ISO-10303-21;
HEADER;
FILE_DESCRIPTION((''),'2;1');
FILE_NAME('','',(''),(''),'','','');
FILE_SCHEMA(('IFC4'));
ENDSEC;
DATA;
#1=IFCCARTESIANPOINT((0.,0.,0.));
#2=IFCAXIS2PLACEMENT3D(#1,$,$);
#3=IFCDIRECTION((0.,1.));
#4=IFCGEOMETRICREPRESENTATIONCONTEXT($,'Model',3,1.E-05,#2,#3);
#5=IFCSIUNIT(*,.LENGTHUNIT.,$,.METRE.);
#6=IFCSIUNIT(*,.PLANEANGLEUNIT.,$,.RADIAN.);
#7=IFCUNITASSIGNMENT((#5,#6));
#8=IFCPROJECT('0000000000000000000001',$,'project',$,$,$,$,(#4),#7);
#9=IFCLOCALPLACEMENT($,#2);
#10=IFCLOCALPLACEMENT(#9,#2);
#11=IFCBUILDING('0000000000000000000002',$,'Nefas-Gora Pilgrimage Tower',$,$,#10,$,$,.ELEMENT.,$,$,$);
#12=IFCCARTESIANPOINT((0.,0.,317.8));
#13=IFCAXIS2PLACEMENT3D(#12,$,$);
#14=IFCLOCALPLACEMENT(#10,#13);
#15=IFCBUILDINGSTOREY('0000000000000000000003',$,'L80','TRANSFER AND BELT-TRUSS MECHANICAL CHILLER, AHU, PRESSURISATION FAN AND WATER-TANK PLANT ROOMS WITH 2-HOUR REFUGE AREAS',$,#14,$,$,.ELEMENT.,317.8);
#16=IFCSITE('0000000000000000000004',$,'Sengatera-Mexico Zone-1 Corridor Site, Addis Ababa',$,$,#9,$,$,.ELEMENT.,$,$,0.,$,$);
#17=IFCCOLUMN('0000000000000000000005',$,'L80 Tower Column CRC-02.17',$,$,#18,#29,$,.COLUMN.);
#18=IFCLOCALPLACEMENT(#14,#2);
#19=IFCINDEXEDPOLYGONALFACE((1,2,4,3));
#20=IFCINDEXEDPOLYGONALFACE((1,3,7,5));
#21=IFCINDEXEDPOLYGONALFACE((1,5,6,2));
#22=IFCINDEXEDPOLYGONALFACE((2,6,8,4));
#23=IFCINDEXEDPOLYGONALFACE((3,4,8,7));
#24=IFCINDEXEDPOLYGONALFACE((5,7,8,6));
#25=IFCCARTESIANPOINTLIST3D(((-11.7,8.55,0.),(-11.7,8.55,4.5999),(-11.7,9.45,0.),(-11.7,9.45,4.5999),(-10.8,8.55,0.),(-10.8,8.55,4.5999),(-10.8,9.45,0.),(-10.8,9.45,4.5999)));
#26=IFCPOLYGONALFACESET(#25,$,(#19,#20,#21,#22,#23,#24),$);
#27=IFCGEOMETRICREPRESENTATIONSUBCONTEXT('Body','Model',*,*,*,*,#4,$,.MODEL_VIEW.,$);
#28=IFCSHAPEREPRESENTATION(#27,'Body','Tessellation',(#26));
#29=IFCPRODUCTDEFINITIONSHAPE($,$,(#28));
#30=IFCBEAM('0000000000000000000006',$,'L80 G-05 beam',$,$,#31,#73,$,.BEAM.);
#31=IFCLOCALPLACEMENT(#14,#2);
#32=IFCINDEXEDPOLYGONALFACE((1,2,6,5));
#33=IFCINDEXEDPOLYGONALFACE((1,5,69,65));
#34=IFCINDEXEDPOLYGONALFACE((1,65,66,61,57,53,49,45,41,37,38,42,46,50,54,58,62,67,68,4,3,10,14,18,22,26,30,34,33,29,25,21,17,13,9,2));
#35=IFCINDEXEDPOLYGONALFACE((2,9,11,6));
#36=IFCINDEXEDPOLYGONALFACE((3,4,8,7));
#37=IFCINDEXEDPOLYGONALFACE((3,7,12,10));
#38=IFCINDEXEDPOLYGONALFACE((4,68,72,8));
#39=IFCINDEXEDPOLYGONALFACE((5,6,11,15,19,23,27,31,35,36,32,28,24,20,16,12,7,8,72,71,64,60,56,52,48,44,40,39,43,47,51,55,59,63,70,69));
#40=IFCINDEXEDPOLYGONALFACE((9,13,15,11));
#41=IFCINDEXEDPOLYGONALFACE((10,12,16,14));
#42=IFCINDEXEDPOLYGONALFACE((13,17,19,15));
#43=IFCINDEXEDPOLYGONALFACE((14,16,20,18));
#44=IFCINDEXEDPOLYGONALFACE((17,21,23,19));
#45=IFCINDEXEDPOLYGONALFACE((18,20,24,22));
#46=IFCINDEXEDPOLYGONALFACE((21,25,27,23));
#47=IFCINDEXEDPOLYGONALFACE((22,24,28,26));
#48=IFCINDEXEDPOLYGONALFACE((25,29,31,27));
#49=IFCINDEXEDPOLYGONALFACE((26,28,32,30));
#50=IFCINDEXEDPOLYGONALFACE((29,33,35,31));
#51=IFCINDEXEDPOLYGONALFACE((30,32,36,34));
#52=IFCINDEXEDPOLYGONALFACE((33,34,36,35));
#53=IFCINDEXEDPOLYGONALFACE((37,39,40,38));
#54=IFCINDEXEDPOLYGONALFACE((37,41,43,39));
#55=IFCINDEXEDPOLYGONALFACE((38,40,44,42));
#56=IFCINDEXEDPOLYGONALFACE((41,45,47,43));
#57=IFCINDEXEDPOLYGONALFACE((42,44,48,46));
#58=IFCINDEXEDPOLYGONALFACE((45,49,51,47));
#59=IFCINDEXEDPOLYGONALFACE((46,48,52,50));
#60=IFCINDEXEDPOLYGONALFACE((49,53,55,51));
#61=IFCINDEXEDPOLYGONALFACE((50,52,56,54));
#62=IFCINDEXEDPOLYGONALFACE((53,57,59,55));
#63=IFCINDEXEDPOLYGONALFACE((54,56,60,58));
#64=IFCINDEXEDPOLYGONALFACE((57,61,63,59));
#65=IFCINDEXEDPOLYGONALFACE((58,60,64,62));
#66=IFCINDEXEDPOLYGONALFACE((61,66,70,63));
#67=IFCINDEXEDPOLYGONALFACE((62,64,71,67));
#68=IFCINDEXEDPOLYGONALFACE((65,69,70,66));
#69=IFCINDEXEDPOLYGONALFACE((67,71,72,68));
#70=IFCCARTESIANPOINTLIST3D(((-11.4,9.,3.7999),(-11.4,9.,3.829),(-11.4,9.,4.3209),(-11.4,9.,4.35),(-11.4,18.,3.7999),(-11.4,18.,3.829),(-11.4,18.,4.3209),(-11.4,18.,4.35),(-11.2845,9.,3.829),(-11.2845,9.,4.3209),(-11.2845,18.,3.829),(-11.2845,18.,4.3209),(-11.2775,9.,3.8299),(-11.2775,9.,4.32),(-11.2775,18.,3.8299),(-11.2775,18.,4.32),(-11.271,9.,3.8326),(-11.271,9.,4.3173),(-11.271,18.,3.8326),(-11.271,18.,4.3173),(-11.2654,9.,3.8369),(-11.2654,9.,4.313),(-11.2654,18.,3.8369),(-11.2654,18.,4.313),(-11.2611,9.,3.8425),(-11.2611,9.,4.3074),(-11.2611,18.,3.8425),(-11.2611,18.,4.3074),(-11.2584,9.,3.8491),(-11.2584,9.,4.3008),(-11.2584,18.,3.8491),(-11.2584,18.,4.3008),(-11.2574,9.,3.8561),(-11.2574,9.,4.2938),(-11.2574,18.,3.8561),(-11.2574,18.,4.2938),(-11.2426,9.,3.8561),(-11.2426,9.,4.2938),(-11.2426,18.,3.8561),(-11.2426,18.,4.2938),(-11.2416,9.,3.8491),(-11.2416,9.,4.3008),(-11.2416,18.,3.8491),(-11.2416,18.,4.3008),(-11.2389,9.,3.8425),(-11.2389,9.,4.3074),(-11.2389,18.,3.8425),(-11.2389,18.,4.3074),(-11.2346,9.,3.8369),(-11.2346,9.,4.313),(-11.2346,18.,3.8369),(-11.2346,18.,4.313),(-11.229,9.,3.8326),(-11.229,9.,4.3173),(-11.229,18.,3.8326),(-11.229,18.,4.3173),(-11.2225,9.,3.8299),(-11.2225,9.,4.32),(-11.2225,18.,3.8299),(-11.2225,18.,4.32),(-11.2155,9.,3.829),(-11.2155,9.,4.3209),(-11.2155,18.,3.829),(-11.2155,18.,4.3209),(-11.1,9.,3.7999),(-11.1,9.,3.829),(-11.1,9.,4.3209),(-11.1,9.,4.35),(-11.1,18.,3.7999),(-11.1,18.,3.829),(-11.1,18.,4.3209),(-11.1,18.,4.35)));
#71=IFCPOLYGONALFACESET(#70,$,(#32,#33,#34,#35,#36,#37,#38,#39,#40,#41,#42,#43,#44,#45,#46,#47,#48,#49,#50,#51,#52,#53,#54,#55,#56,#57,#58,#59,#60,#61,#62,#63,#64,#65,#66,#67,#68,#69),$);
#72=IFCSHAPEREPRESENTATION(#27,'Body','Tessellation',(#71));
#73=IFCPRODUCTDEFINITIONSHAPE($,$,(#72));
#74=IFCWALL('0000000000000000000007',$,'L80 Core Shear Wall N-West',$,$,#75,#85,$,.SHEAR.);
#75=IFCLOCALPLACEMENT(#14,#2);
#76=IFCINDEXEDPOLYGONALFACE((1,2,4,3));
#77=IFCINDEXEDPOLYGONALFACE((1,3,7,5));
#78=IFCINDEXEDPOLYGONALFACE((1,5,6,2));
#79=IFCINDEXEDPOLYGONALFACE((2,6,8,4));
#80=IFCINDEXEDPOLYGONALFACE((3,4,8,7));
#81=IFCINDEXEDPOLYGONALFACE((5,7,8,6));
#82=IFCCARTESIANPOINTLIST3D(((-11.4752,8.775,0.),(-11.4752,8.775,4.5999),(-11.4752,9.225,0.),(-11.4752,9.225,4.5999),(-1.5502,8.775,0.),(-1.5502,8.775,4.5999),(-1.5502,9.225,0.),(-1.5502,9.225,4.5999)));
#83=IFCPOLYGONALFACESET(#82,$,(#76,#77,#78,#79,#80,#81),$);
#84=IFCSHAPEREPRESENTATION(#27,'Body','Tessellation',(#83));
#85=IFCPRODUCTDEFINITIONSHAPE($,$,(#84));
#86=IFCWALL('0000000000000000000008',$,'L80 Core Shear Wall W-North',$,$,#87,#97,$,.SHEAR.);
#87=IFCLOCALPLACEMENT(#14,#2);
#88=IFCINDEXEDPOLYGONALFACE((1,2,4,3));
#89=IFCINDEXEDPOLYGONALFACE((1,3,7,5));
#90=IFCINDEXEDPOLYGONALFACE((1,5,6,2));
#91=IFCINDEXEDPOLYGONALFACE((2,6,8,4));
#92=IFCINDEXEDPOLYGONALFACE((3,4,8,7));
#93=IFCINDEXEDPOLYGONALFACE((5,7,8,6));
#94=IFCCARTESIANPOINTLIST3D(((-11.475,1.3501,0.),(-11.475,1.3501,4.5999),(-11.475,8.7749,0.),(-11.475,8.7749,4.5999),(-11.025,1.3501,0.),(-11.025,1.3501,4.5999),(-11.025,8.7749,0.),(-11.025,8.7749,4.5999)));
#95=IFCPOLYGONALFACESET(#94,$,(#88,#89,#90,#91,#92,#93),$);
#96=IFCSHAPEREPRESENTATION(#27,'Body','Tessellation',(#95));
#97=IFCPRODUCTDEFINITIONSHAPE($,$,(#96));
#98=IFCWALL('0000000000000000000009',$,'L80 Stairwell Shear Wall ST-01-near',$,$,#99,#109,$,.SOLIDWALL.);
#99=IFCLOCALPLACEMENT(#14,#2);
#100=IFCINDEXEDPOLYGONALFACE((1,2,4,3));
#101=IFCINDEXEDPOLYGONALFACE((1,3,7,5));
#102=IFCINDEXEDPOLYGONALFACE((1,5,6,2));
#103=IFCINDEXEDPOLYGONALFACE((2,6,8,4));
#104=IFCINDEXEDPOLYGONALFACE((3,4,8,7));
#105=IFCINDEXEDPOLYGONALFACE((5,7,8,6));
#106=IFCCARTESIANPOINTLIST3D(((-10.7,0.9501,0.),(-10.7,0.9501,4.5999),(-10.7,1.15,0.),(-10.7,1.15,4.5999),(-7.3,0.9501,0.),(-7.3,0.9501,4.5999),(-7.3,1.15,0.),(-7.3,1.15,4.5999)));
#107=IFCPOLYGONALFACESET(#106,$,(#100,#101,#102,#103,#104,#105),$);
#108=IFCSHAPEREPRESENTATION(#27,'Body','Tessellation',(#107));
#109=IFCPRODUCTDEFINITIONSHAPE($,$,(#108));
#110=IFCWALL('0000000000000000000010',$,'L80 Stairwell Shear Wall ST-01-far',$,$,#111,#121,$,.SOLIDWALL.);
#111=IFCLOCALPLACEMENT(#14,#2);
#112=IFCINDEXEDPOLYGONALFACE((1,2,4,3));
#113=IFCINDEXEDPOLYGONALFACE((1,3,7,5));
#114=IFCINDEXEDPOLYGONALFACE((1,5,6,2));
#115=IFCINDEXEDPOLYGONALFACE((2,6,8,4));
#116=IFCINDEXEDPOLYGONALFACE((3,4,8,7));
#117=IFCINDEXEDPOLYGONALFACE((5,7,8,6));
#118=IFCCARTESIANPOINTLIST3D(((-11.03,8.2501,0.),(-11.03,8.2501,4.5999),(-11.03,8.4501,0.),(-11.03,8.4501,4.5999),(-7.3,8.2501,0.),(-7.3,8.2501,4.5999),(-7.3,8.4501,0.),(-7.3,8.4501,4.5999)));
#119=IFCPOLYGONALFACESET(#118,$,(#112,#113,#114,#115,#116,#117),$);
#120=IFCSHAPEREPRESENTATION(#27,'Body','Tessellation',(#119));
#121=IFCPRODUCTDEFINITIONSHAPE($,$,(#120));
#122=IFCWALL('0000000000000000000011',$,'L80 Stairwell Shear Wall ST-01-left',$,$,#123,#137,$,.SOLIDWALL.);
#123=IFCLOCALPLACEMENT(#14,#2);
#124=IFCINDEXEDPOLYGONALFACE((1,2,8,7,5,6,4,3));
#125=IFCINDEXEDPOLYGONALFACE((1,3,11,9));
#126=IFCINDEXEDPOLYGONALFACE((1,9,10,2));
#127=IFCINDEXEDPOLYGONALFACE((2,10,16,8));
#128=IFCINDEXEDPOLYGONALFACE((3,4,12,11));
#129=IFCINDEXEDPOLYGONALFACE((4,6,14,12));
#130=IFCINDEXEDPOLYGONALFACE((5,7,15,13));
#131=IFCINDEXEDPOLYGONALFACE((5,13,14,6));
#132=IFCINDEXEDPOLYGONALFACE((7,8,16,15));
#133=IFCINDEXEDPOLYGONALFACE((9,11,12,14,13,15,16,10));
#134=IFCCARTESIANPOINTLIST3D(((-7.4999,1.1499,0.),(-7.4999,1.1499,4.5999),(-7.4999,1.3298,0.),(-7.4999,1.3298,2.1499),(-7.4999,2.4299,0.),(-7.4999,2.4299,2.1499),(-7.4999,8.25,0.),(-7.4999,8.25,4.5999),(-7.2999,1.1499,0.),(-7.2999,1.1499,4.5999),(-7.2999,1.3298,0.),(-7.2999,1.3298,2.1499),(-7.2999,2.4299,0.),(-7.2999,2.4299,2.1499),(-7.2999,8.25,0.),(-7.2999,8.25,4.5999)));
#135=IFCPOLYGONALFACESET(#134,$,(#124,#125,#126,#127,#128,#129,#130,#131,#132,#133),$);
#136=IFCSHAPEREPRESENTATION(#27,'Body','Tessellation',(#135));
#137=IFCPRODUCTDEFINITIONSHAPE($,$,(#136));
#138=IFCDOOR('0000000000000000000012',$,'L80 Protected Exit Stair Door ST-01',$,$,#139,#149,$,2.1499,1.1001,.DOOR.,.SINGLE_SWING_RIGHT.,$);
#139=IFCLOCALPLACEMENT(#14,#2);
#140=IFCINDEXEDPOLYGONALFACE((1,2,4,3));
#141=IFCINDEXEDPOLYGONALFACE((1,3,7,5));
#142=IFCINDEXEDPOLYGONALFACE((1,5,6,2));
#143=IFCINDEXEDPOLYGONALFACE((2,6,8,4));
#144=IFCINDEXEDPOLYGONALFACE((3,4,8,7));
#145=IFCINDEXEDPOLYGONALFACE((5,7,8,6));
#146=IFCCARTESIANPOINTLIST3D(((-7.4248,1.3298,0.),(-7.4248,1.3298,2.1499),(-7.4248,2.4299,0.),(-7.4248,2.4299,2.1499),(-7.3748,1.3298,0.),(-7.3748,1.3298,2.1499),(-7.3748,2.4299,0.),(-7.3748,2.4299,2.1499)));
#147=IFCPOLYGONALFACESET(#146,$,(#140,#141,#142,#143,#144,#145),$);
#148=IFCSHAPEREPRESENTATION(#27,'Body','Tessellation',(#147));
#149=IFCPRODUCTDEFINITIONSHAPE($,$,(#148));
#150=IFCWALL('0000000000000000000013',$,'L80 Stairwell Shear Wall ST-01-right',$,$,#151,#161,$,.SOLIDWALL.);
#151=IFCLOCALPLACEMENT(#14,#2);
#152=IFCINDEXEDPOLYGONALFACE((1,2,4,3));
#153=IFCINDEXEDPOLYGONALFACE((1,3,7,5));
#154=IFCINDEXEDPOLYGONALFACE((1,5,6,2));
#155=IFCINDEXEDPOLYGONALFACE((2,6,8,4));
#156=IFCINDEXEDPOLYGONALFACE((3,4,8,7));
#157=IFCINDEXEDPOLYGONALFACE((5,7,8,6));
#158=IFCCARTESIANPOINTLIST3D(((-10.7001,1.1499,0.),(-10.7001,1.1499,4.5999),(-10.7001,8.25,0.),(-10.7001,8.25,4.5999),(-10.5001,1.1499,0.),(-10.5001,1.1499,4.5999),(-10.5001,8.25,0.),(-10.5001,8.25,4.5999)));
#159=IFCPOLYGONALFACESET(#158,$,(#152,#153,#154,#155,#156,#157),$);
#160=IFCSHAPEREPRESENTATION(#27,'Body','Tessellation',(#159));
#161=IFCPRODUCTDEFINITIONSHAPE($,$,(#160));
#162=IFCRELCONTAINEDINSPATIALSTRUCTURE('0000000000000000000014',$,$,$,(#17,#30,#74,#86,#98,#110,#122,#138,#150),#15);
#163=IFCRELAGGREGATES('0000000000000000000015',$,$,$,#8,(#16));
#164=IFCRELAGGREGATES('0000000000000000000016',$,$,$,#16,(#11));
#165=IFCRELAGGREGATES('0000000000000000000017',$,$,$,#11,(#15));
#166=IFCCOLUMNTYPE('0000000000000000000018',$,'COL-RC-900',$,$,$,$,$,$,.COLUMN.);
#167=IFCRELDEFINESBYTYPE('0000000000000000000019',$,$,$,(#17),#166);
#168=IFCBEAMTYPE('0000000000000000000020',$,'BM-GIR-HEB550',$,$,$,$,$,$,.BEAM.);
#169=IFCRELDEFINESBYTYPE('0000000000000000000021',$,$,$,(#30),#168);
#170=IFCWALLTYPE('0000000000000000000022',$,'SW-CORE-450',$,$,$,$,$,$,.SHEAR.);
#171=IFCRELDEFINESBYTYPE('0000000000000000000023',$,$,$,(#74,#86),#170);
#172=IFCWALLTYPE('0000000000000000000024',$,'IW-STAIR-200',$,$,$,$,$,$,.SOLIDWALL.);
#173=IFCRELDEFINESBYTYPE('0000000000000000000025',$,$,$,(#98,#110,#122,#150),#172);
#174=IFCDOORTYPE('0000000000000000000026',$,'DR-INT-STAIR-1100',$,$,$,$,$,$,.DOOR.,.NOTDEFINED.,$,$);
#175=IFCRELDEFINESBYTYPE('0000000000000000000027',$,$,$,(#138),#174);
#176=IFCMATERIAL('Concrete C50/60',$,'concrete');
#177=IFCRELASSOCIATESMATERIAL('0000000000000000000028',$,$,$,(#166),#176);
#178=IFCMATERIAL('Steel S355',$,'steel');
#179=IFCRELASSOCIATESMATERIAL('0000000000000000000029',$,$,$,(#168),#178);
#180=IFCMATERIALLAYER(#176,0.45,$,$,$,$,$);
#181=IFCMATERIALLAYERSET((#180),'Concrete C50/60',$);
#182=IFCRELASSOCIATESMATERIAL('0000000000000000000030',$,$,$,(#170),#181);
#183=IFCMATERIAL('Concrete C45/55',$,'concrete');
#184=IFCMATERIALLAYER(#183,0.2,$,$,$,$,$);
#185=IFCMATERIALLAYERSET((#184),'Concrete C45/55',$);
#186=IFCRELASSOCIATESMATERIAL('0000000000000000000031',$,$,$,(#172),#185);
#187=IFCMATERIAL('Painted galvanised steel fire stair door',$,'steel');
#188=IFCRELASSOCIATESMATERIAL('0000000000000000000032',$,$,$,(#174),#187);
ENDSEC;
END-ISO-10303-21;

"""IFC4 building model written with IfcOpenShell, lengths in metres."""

from ifc_helpers import new_model, si_unit, direction, frame, frame_2d, origin, origin_2d, place, context, subcontext, project, spatial, rectangle, i_section, extrude, source, transform, mapped, material, layer, layer_set, material_profile, profile_set, type_object, element, fill, save


model = new_model("IFC4")

# Units and contexts
model_context = context("Model", 3, precision=1e-05, world=origin(), true_north=direction((0.0, 1.0)))
body_context = subcontext(model_context, "Body", "Model", "MODEL_VIEW")
ifc_project = project(units=[si_unit("LENGTHUNIT", "METRE"), si_unit("PLANEANGLEUNIT", "RADIAN")], contexts=[model_context])

# Site, building, storey
site_placement = place(None, origin())
site = spatial("IfcSite", under=ifc_project, at=site_placement, Name="Sengatera-Mexico Zone-1 Corridor Site, Addis Ababa", CompositionType="ELEMENT", RefElevation=0.0)
building_placement = place(site_placement, origin())
building = spatial("IfcBuilding", under=site, at=building_placement, Name="Nefas-Gora Pilgrimage Tower", CompositionType="ELEMENT")
storey_placement = place(building_placement, frame((0.0, 0.0, 317.8)))
storey = spatial("IfcBuildingStorey", under=building, at=storey_placement, Name="L80", Description="TRANSFER AND BELT-TRUSS MECHANICAL CHILLER, AHU, PRESSURISATION FAN AND WATER-TANK PLANT ROOMS WITH 2-HOUR REFUGE AREAS", CompositionType="ELEMENT", Elevation=317.8)

# Column
ifc_material_1 = material(Name="Concrete C50/60", Category="concrete")
ifc_material_profile_1 = material_profile(ifc_material_1, rectangle(XDim=0.8999, YDim=0.8999, at=origin_2d()), Name="RC 900x900")
ifc_profile_set_1 = profile_set([ifc_material_profile_1], Name="Concrete C50/60")
column_type = type_object("IfcColumnType", Name="COL-RC-900", PredefinedType="COLUMN", material=ifc_profile_set_1)
shared_shape_1 = source(origin(), body_context, "Body", "SweptSolid", [
    extrude(rectangle(XDim=0.8999, YDim=0.8999, at=origin_2d()), origin(), (0.0, 0.0, 1.0), 4.5999),
])
column_placement = place(storey_placement, frame((-11.25, 9.0, 0.0), z_axis=(0.0, 0.0, 1.0), x_axis=(1.0, 0.0, 0.0)))
element("IfcColumn", 1, at=column_placement, inside=storey, type_object=column_type, Name="L80 Tower Column CRC-02.17", PredefinedType="COLUMN", context=body_context, shape_type="MappedRepresentation", body=[
    mapped(shared_shape_1, transform((0.0, 0.0, 0.0), x_axis=(1.0, 0.0, 0.0), y_axis=(0.0, 1.0, 0.0), z_axis=(0.0, 0.0, 1.0), scale=1.0)),
])

# Beam
ifc_material_2 = material(Name="Steel S355", Category="steel")
ifc_material_profile_2 = material_profile(ifc_material_2, i_section(OverallWidth=0.3, OverallDepth=0.55, WebThickness=0.0149, FlangeThickness=0.0291, FilletRadius=0.0271, at=origin_2d()), Name="HEB 550")
ifc_profile_set_2 = profile_set([ifc_material_profile_2], Name="Steel S355")
beam_type = type_object("IfcBeamType", Name="BM-GIR-HEB550", PredefinedType="BEAM", material=ifc_profile_set_2)
shared_shape_2 = source(origin(), body_context, "Body", "SweptSolid", [
    extrude(i_section(OverallWidth=0.3, OverallDepth=0.55, WebThickness=0.0149, FlangeThickness=0.0291, FilletRadius=0.0271, at=origin_2d()), origin(), (0.0, 0.0, 1.0), 9.0),
])
beam_placement = place(storey_placement, frame((-11.25, 9.0, 4.075), z_axis=(0.0, 1.0, 0.0), x_axis=(-1.0, 0.0, 0.0)))
element("IfcBeam", 2, at=beam_placement, inside=storey, type_object=beam_type, Name="L80 G-05 beam", PredefinedType="BEAM", context=body_context, shape_type="MappedRepresentation", body=[
    mapped(shared_shape_2, transform((0.0, 0.0, 0.0), x_axis=(1.0, 0.0, 0.0), y_axis=(0.0, 1.0, 0.0), z_axis=(0.0, 0.0, 1.0), scale=1.0)),
])

# Walls
ifc_layer_1 = layer(ifc_material_1, 0.45)
ifc_layer_set_1 = layer_set([ifc_layer_1], Name="Concrete C50/60")
wall_type_1 = type_object("IfcWallType", Name="SW-CORE-450", PredefinedType="SHEAR", material=ifc_layer_set_1)
shared_shape_3 = source(origin(), body_context, "Body", "SweptSolid", [
    extrude(rectangle(XDim=9.925, YDim=0.45, at=frame_2d((4.9624, 0.0))), origin(), (0.0, 0.0, 1.0), 4.5999),
])
wall_1_placement = place(storey_placement, frame((-11.4751, 9.0, 0.0), z_axis=(0.0, 0.0, 1.0), x_axis=(1.0, 0.0, 0.0)))
element("IfcWall", 3, at=wall_1_placement, inside=storey, type_object=wall_type_1, Name="L80 Core Shear Wall N-West", PredefinedType="SHEAR", context=body_context, shape_type="MappedRepresentation", body=[
    mapped(shared_shape_3, transform((0.0, 0.0, 0.0), x_axis=(1.0, 0.0, 0.0), y_axis=(0.0, 1.0, 0.0), z_axis=(0.0, 0.0, 1.0), scale=1.0)),
])
shared_shape_4 = source(origin(), body_context, "Body", "SweptSolid", [
    extrude(rectangle(XDim=7.4248, YDim=0.45, at=frame_2d((3.7124, 0.0))), origin(), (0.0, 0.0, 1.0), 4.5999),
])
wall_2_placement = place(storey_placement, frame((-11.25, 1.3501, 0.0), z_axis=(0.0, 0.0, 1.0), x_axis=(0.0, 1.0, 0.0)))
element("IfcWall", 4, at=wall_2_placement, inside=storey, type_object=wall_type_1, Name="L80 Core Shear Wall W-North", PredefinedType="SHEAR", context=body_context, shape_type="MappedRepresentation", body=[
    mapped(shared_shape_4, transform((0.0, 0.0, 0.0), x_axis=(1.0, 0.0, 0.0), y_axis=(0.0, 1.0, 0.0), z_axis=(0.0, 0.0, 1.0), scale=1.0)),
])
ifc_material_3 = material(Name="Concrete C45/55", Category="concrete")
ifc_layer_2 = layer(ifc_material_3, 0.2)
ifc_layer_set_2 = layer_set([ifc_layer_2], Name="Concrete C45/55")
wall_type_2 = type_object("IfcWallType", Name="IW-STAIR-200", PredefinedType="SOLIDWALL", material=ifc_layer_set_2)
shared_shape_5 = source(origin(), body_context, "Body", "SweptSolid", [
    extrude(rectangle(XDim=3.3999, YDim=0.2, at=frame_2d((1.7, 0.0))), origin(), (0.0, 0.0, 1.0), 4.5999),
])
wall_3_placement = place(storey_placement, frame((-7.3, 1.05, 0.0), z_axis=(0.0, 0.0, 1.0), x_axis=(-1.0, 0.0, 0.0)))
element("IfcWall", 5, at=wall_3_placement, inside=storey, type_object=wall_type_2, Name="L80 Stairwell Shear Wall ST-01-near", PredefinedType="SOLIDWALL", context=body_context, shape_type="MappedRepresentation", body=[
    mapped(shared_shape_5, transform((0.0, 0.0, 0.0), x_axis=(1.0, 0.0, 0.0), y_axis=(0.0, 1.0, 0.0), z_axis=(0.0, 0.0, 1.0), scale=1.0)),
])
shared_shape_6 = source(origin(), body_context, "Body", "SweptSolid", [
    extrude(rectangle(XDim=3.73, YDim=0.2, at=frame_2d((1.865, 0.0))), origin(), (0.0, 0.0, 1.0), 4.5999),
])
wall_4_placement = place(storey_placement, frame((-7.3, 8.3501, 0.0), z_axis=(0.0, 0.0, 1.0), x_axis=(-1.0, 0.0, 0.0)))
element("IfcWall", 6, at=wall_4_placement, inside=storey, type_object=wall_type_2, Name="L80 Stairwell Shear Wall ST-01-far", PredefinedType="SOLIDWALL", context=body_context, shape_type="MappedRepresentation", body=[
    mapped(shared_shape_6, transform((0.0, 0.0, 0.0), x_axis=(1.0, 0.0, 0.0), y_axis=(0.0, 1.0, 0.0), z_axis=(0.0, 0.0, 1.0), scale=1.0)),
])

# Wall, opening, door
shared_shape_7 = source(origin(), body_context, "Body", "SweptSolid", [
    extrude(rectangle(XDim=7.1001, YDim=0.2, at=frame_2d((3.55, 0.0))), origin(), (0.0, 0.0, 1.0), 4.5999),
])
wall_5_placement = place(storey_placement, frame((-7.3999, 1.1499, 0.0), z_axis=(0.0, 0.0, 1.0), x_axis=(0.0, 1.0, 0.0)))
wall_5 = element("IfcWall", 7, at=wall_5_placement, inside=storey, type_object=wall_type_2, Name="L80 Stairwell Shear Wall ST-01-left", PredefinedType="SOLIDWALL", context=body_context, shape_type="MappedRepresentation", body=[
    mapped(shared_shape_7, transform((0.0, 0.0, 0.0), x_axis=(1.0, 0.0, 0.0), y_axis=(0.0, 1.0, 0.0), z_axis=(0.0, 0.0, 1.0), scale=1.0)),
])
opening_1_placement = place(wall_5_placement, frame((0.1799, 0.0, 0.0)))
opening_1 = element("IfcOpeningElement", 8, at=opening_1_placement, cuts=wall_5, PredefinedType="OPENING", context=body_context, shape_type="SweptSolid", body=[
    extrude(rectangle(XDim=1.1001, YDim=2.1499, at=frame_2d((0.55, 1.075))), frame((0.0, 0.1099, 0.0), z_axis=(0.0, -1.0, 0.0), x_axis=(1.0, 0.0, 0.0)), (0.0, 0.0, 1.0), 0.22),
])
ifc_material_4 = material(Name="Painted galvanised steel fire stair door", Category="steel")
door_type_1 = type_object("IfcDoorType", Name="DR-INT-STAIR-1100", OperationType="NOTDEFINED", PredefinedType="DOOR", material=ifc_material_4)
shared_shape_8 = source(origin(), body_context, "Body", "SweptSolid", [
    extrude(rectangle(XDim=1.1001, YDim=2.1499, at=frame_2d((0.55, 1.075))), frame((0.0, 0.0249, 0.0), z_axis=(0.0, -1.0, 0.0), x_axis=(1.0, 0.0, 0.0)), (0.0, 0.0, 1.0), 0.05),
])
door_1_placement = place(opening_1_placement, origin())
door_1 = element("IfcDoor", 9, at=door_1_placement, inside=storey, type_object=door_type_1, Name="L80 Protected Exit Stair Door ST-01", OperationType="SINGLE_SWING_RIGHT", OverallHeight=2.1499, OverallWidth=1.1001, PredefinedType="DOOR", context=body_context, shape_type="MappedRepresentation", body=[
    mapped(shared_shape_8, transform((0.0, 0.0, 0.0), x_axis=(1.0, 0.0, 0.0), y_axis=(0.0, 1.0, 0.0), z_axis=(0.0, 0.0, 1.0), scale=1.0)),
])
fill(opening_1, door_1)

# Wall
wall_6_placement = place(storey_placement, frame((-10.6001, 1.1499, 0.0), z_axis=(0.0, 0.0, 1.0), x_axis=(0.0, 1.0, 0.0)))
element("IfcWall", 10, at=wall_6_placement, inside=storey, type_object=wall_type_2, Name="L80 Stairwell Shear Wall ST-01-right", PredefinedType="SOLIDWALL", context=body_context, shape_type="MappedRepresentation", body=[
    mapped(shared_shape_7, transform((0.0, 0.0, 0.0), x_axis=(1.0, 0.0, 0.0), y_axis=(0.0, 1.0, 0.0), z_axis=(0.0, 0.0, 1.0), scale=1.0)),
])

save(model, "model.ifc")
